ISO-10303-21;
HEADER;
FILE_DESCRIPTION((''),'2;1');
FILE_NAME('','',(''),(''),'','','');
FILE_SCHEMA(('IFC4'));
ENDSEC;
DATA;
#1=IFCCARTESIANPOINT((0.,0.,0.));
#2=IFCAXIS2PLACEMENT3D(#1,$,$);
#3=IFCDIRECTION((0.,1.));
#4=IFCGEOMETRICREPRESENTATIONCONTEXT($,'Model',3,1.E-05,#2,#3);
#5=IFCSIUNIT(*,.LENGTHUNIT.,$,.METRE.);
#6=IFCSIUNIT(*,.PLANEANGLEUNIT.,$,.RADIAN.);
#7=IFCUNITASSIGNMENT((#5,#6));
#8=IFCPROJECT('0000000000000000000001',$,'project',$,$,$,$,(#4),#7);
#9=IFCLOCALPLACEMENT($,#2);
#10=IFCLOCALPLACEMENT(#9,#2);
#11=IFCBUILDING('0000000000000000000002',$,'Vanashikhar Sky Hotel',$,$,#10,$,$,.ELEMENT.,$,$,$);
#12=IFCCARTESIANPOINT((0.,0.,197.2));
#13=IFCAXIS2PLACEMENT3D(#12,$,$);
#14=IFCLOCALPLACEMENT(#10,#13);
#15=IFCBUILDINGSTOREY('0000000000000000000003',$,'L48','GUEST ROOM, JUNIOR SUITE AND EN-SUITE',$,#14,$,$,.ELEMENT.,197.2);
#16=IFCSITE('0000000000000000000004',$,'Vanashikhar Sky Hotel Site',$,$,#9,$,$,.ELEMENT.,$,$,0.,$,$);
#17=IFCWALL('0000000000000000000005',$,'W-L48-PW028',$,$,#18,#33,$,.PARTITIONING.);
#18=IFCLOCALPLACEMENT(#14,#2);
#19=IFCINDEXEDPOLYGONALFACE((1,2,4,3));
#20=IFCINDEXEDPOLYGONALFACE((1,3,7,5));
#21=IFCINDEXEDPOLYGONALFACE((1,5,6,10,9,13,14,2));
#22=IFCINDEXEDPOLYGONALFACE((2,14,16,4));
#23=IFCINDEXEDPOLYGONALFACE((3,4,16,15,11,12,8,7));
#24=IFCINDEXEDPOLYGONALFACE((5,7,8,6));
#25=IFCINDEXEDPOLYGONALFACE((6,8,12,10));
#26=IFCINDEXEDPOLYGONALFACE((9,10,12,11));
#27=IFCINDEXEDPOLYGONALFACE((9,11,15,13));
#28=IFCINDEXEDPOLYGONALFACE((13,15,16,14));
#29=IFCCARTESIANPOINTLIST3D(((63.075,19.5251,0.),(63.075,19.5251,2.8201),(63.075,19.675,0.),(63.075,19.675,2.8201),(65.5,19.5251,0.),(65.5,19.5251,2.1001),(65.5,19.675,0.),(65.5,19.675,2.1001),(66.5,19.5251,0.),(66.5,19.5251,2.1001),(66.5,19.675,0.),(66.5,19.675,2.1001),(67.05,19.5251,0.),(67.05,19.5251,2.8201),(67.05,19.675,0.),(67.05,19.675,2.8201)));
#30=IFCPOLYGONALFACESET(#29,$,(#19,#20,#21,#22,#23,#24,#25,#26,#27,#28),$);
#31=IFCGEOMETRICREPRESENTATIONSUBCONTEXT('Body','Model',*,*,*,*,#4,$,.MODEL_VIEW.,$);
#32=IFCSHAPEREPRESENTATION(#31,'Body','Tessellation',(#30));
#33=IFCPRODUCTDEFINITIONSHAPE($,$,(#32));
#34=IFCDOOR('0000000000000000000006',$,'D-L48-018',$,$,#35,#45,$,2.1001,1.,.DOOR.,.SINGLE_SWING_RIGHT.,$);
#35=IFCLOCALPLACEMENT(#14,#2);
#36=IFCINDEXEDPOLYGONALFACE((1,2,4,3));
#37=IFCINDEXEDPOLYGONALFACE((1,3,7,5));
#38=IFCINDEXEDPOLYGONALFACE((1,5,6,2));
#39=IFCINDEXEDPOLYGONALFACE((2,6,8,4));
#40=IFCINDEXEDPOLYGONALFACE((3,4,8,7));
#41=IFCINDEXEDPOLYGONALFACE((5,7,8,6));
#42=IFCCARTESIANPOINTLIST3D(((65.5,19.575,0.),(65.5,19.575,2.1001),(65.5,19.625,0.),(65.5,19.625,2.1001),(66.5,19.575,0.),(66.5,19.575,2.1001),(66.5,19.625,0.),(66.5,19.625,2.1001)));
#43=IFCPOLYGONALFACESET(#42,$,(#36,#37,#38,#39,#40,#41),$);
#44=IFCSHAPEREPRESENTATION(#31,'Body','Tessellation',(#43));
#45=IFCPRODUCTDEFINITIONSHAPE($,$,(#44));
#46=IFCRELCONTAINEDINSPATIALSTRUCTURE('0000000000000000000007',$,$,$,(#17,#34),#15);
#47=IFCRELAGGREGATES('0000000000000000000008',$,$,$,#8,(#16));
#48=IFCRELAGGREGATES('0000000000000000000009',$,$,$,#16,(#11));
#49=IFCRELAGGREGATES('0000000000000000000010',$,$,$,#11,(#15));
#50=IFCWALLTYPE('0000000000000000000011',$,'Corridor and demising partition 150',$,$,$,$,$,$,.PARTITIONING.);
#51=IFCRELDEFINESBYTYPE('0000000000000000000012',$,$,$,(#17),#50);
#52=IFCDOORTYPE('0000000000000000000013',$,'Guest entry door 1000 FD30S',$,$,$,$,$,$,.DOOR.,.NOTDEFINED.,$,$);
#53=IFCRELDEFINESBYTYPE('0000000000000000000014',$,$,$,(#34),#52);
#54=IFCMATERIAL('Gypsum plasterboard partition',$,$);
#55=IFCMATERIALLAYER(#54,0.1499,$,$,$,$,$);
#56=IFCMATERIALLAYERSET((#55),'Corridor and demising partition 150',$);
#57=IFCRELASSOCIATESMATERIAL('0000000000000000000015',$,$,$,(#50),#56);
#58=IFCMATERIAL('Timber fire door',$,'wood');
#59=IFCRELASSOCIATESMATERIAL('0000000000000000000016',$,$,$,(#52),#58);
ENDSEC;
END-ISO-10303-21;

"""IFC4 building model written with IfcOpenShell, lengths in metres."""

from ifc_helpers import new_model, si_unit, direction, frame, frame_2d, origin, place, context, subcontext, project, spatial, rectangle, extrude, source, transform, mapped, material, layer, layer_set, type_object, element, fill, save


model = new_model("IFC4")

# Units and contexts
model_context = context("Model", 3, precision=1e-05, world=origin(), true_north=direction((0.0, 1.0)))
body_context = subcontext(model_context, "Body", "Model", "MODEL_VIEW")
ifc_project = project(units=[si_unit("LENGTHUNIT", "METRE"), si_unit("PLANEANGLEUNIT", "RADIAN")], contexts=[model_context])

# Site, building, storey
site_placement = place(None, origin())
site = spatial("IfcSite", under=ifc_project, at=site_placement, Name="Vanashikhar Sky Hotel Site", CompositionType="ELEMENT", RefElevation=0.0)
building_placement = place(site_placement, origin())
building = spatial("IfcBuilding", under=site, at=building_placement, Name="Vanashikhar Sky Hotel", CompositionType="ELEMENT")
storey_placement = place(building_placement, frame((0.0, 0.0, 197.2)))
storey = spatial("IfcBuildingStorey", under=building, at=storey_placement, Name="L48", Description="GUEST ROOM, JUNIOR SUITE AND EN-SUITE", CompositionType="ELEMENT", Elevation=197.2)

# Shared definitions
ifc_material_1 = material(Name="Gypsum plasterboard partition")

# Wall, opening, door
ifc_layer_1 = layer(ifc_material_1, 0.1499)
ifc_layer_set_1 = layer_set([ifc_layer_1], Name="Corridor and demising partition 150")
wall_type_1 = type_object("IfcWallType", Name="Corridor and demising partition 150", PredefinedType="PARTITIONING", material=ifc_layer_set_1)
shared_shape_1 = source(origin(), body_context, "Body", "SweptSolid", [
    extrude(rectangle(XDim=3.9751, YDim=0.1499, at=frame_2d((1.9875, 0.0))), origin(), (0.0, 0.0, 1.0), 2.8201),
])
shared_shape_2 = source(origin(), body_context, "Body", "SweptSolid", [
    extrude(rectangle(XDim=1.0, YDim=2.1001, at=frame_2d((0.5, 1.05))), frame((0.0, 0.085, 0.0), z_axis=(0.0, -1.0, 0.0), x_axis=(1.0, 0.0, 0.0)), (0.0, 0.0, 1.0), 0.1699),
])
ifc_material_2 = material(Name="Timber fire door", Category="wood")
door_type_1 = type_object("IfcDoorType", Name="Guest entry door 1000 FD30S", OperationType="NOTDEFINED", PredefinedType="DOOR", material=ifc_material_2)
shared_shape_3 = source(origin(), body_context, "Body", "SweptSolid", [
    extrude(rectangle(XDim=1.0, YDim=2.1001, at=frame_2d((0.5, 1.05))), frame((0.0, 0.0249, 0.0), z_axis=(0.0, -1.0, 0.0), x_axis=(1.0, 0.0, 0.0)), (0.0, 0.0, 1.0), 0.05),
])
wall_1_placement = place(storey_placement, frame((63.075, 19.6001, 0.0), z_axis=(0.0, 0.0, 1.0), x_axis=(1.0, 0.0, 0.0)))
wall_1 = element("IfcWall", 1, at=wall_1_placement, inside=storey, type_object=wall_type_1, Name="W-L48-PW028", PredefinedType="PARTITIONING", context=body_context, shape_type="MappedRepresentation", body=[
    mapped(shared_shape_1, transform((0.0, 0.0, 0.0), scale=1.0)),
])
opening_1_placement = place(wall_1_placement, frame((2.425, 0.0, 0.0)))
opening_1 = element("IfcOpeningElement", 2, at=opening_1_placement, cuts=wall_1, PredefinedType="OPENING", context=body_context, shape_type="MappedRepresentation", body=[
    mapped(shared_shape_2, transform((0.0, 0.0, 0.0), scale=1.0)),
])
door_1_placement = place(opening_1_placement, origin())
door_1 = element("IfcDoor", 3, at=door_1_placement, inside=storey, type_object=door_type_1, Name="D-L48-018", OperationType="SINGLE_SWING_RIGHT", OverallHeight=2.1001, OverallWidth=1.0, PredefinedType="DOOR", context=body_context, shape_type="MappedRepresentation", body=[
    mapped(shared_shape_3, transform((0.0, 0.0, 0.0), scale=1.0)),
])
fill(opening_1, door_1)

save(model, "model.ifc")
